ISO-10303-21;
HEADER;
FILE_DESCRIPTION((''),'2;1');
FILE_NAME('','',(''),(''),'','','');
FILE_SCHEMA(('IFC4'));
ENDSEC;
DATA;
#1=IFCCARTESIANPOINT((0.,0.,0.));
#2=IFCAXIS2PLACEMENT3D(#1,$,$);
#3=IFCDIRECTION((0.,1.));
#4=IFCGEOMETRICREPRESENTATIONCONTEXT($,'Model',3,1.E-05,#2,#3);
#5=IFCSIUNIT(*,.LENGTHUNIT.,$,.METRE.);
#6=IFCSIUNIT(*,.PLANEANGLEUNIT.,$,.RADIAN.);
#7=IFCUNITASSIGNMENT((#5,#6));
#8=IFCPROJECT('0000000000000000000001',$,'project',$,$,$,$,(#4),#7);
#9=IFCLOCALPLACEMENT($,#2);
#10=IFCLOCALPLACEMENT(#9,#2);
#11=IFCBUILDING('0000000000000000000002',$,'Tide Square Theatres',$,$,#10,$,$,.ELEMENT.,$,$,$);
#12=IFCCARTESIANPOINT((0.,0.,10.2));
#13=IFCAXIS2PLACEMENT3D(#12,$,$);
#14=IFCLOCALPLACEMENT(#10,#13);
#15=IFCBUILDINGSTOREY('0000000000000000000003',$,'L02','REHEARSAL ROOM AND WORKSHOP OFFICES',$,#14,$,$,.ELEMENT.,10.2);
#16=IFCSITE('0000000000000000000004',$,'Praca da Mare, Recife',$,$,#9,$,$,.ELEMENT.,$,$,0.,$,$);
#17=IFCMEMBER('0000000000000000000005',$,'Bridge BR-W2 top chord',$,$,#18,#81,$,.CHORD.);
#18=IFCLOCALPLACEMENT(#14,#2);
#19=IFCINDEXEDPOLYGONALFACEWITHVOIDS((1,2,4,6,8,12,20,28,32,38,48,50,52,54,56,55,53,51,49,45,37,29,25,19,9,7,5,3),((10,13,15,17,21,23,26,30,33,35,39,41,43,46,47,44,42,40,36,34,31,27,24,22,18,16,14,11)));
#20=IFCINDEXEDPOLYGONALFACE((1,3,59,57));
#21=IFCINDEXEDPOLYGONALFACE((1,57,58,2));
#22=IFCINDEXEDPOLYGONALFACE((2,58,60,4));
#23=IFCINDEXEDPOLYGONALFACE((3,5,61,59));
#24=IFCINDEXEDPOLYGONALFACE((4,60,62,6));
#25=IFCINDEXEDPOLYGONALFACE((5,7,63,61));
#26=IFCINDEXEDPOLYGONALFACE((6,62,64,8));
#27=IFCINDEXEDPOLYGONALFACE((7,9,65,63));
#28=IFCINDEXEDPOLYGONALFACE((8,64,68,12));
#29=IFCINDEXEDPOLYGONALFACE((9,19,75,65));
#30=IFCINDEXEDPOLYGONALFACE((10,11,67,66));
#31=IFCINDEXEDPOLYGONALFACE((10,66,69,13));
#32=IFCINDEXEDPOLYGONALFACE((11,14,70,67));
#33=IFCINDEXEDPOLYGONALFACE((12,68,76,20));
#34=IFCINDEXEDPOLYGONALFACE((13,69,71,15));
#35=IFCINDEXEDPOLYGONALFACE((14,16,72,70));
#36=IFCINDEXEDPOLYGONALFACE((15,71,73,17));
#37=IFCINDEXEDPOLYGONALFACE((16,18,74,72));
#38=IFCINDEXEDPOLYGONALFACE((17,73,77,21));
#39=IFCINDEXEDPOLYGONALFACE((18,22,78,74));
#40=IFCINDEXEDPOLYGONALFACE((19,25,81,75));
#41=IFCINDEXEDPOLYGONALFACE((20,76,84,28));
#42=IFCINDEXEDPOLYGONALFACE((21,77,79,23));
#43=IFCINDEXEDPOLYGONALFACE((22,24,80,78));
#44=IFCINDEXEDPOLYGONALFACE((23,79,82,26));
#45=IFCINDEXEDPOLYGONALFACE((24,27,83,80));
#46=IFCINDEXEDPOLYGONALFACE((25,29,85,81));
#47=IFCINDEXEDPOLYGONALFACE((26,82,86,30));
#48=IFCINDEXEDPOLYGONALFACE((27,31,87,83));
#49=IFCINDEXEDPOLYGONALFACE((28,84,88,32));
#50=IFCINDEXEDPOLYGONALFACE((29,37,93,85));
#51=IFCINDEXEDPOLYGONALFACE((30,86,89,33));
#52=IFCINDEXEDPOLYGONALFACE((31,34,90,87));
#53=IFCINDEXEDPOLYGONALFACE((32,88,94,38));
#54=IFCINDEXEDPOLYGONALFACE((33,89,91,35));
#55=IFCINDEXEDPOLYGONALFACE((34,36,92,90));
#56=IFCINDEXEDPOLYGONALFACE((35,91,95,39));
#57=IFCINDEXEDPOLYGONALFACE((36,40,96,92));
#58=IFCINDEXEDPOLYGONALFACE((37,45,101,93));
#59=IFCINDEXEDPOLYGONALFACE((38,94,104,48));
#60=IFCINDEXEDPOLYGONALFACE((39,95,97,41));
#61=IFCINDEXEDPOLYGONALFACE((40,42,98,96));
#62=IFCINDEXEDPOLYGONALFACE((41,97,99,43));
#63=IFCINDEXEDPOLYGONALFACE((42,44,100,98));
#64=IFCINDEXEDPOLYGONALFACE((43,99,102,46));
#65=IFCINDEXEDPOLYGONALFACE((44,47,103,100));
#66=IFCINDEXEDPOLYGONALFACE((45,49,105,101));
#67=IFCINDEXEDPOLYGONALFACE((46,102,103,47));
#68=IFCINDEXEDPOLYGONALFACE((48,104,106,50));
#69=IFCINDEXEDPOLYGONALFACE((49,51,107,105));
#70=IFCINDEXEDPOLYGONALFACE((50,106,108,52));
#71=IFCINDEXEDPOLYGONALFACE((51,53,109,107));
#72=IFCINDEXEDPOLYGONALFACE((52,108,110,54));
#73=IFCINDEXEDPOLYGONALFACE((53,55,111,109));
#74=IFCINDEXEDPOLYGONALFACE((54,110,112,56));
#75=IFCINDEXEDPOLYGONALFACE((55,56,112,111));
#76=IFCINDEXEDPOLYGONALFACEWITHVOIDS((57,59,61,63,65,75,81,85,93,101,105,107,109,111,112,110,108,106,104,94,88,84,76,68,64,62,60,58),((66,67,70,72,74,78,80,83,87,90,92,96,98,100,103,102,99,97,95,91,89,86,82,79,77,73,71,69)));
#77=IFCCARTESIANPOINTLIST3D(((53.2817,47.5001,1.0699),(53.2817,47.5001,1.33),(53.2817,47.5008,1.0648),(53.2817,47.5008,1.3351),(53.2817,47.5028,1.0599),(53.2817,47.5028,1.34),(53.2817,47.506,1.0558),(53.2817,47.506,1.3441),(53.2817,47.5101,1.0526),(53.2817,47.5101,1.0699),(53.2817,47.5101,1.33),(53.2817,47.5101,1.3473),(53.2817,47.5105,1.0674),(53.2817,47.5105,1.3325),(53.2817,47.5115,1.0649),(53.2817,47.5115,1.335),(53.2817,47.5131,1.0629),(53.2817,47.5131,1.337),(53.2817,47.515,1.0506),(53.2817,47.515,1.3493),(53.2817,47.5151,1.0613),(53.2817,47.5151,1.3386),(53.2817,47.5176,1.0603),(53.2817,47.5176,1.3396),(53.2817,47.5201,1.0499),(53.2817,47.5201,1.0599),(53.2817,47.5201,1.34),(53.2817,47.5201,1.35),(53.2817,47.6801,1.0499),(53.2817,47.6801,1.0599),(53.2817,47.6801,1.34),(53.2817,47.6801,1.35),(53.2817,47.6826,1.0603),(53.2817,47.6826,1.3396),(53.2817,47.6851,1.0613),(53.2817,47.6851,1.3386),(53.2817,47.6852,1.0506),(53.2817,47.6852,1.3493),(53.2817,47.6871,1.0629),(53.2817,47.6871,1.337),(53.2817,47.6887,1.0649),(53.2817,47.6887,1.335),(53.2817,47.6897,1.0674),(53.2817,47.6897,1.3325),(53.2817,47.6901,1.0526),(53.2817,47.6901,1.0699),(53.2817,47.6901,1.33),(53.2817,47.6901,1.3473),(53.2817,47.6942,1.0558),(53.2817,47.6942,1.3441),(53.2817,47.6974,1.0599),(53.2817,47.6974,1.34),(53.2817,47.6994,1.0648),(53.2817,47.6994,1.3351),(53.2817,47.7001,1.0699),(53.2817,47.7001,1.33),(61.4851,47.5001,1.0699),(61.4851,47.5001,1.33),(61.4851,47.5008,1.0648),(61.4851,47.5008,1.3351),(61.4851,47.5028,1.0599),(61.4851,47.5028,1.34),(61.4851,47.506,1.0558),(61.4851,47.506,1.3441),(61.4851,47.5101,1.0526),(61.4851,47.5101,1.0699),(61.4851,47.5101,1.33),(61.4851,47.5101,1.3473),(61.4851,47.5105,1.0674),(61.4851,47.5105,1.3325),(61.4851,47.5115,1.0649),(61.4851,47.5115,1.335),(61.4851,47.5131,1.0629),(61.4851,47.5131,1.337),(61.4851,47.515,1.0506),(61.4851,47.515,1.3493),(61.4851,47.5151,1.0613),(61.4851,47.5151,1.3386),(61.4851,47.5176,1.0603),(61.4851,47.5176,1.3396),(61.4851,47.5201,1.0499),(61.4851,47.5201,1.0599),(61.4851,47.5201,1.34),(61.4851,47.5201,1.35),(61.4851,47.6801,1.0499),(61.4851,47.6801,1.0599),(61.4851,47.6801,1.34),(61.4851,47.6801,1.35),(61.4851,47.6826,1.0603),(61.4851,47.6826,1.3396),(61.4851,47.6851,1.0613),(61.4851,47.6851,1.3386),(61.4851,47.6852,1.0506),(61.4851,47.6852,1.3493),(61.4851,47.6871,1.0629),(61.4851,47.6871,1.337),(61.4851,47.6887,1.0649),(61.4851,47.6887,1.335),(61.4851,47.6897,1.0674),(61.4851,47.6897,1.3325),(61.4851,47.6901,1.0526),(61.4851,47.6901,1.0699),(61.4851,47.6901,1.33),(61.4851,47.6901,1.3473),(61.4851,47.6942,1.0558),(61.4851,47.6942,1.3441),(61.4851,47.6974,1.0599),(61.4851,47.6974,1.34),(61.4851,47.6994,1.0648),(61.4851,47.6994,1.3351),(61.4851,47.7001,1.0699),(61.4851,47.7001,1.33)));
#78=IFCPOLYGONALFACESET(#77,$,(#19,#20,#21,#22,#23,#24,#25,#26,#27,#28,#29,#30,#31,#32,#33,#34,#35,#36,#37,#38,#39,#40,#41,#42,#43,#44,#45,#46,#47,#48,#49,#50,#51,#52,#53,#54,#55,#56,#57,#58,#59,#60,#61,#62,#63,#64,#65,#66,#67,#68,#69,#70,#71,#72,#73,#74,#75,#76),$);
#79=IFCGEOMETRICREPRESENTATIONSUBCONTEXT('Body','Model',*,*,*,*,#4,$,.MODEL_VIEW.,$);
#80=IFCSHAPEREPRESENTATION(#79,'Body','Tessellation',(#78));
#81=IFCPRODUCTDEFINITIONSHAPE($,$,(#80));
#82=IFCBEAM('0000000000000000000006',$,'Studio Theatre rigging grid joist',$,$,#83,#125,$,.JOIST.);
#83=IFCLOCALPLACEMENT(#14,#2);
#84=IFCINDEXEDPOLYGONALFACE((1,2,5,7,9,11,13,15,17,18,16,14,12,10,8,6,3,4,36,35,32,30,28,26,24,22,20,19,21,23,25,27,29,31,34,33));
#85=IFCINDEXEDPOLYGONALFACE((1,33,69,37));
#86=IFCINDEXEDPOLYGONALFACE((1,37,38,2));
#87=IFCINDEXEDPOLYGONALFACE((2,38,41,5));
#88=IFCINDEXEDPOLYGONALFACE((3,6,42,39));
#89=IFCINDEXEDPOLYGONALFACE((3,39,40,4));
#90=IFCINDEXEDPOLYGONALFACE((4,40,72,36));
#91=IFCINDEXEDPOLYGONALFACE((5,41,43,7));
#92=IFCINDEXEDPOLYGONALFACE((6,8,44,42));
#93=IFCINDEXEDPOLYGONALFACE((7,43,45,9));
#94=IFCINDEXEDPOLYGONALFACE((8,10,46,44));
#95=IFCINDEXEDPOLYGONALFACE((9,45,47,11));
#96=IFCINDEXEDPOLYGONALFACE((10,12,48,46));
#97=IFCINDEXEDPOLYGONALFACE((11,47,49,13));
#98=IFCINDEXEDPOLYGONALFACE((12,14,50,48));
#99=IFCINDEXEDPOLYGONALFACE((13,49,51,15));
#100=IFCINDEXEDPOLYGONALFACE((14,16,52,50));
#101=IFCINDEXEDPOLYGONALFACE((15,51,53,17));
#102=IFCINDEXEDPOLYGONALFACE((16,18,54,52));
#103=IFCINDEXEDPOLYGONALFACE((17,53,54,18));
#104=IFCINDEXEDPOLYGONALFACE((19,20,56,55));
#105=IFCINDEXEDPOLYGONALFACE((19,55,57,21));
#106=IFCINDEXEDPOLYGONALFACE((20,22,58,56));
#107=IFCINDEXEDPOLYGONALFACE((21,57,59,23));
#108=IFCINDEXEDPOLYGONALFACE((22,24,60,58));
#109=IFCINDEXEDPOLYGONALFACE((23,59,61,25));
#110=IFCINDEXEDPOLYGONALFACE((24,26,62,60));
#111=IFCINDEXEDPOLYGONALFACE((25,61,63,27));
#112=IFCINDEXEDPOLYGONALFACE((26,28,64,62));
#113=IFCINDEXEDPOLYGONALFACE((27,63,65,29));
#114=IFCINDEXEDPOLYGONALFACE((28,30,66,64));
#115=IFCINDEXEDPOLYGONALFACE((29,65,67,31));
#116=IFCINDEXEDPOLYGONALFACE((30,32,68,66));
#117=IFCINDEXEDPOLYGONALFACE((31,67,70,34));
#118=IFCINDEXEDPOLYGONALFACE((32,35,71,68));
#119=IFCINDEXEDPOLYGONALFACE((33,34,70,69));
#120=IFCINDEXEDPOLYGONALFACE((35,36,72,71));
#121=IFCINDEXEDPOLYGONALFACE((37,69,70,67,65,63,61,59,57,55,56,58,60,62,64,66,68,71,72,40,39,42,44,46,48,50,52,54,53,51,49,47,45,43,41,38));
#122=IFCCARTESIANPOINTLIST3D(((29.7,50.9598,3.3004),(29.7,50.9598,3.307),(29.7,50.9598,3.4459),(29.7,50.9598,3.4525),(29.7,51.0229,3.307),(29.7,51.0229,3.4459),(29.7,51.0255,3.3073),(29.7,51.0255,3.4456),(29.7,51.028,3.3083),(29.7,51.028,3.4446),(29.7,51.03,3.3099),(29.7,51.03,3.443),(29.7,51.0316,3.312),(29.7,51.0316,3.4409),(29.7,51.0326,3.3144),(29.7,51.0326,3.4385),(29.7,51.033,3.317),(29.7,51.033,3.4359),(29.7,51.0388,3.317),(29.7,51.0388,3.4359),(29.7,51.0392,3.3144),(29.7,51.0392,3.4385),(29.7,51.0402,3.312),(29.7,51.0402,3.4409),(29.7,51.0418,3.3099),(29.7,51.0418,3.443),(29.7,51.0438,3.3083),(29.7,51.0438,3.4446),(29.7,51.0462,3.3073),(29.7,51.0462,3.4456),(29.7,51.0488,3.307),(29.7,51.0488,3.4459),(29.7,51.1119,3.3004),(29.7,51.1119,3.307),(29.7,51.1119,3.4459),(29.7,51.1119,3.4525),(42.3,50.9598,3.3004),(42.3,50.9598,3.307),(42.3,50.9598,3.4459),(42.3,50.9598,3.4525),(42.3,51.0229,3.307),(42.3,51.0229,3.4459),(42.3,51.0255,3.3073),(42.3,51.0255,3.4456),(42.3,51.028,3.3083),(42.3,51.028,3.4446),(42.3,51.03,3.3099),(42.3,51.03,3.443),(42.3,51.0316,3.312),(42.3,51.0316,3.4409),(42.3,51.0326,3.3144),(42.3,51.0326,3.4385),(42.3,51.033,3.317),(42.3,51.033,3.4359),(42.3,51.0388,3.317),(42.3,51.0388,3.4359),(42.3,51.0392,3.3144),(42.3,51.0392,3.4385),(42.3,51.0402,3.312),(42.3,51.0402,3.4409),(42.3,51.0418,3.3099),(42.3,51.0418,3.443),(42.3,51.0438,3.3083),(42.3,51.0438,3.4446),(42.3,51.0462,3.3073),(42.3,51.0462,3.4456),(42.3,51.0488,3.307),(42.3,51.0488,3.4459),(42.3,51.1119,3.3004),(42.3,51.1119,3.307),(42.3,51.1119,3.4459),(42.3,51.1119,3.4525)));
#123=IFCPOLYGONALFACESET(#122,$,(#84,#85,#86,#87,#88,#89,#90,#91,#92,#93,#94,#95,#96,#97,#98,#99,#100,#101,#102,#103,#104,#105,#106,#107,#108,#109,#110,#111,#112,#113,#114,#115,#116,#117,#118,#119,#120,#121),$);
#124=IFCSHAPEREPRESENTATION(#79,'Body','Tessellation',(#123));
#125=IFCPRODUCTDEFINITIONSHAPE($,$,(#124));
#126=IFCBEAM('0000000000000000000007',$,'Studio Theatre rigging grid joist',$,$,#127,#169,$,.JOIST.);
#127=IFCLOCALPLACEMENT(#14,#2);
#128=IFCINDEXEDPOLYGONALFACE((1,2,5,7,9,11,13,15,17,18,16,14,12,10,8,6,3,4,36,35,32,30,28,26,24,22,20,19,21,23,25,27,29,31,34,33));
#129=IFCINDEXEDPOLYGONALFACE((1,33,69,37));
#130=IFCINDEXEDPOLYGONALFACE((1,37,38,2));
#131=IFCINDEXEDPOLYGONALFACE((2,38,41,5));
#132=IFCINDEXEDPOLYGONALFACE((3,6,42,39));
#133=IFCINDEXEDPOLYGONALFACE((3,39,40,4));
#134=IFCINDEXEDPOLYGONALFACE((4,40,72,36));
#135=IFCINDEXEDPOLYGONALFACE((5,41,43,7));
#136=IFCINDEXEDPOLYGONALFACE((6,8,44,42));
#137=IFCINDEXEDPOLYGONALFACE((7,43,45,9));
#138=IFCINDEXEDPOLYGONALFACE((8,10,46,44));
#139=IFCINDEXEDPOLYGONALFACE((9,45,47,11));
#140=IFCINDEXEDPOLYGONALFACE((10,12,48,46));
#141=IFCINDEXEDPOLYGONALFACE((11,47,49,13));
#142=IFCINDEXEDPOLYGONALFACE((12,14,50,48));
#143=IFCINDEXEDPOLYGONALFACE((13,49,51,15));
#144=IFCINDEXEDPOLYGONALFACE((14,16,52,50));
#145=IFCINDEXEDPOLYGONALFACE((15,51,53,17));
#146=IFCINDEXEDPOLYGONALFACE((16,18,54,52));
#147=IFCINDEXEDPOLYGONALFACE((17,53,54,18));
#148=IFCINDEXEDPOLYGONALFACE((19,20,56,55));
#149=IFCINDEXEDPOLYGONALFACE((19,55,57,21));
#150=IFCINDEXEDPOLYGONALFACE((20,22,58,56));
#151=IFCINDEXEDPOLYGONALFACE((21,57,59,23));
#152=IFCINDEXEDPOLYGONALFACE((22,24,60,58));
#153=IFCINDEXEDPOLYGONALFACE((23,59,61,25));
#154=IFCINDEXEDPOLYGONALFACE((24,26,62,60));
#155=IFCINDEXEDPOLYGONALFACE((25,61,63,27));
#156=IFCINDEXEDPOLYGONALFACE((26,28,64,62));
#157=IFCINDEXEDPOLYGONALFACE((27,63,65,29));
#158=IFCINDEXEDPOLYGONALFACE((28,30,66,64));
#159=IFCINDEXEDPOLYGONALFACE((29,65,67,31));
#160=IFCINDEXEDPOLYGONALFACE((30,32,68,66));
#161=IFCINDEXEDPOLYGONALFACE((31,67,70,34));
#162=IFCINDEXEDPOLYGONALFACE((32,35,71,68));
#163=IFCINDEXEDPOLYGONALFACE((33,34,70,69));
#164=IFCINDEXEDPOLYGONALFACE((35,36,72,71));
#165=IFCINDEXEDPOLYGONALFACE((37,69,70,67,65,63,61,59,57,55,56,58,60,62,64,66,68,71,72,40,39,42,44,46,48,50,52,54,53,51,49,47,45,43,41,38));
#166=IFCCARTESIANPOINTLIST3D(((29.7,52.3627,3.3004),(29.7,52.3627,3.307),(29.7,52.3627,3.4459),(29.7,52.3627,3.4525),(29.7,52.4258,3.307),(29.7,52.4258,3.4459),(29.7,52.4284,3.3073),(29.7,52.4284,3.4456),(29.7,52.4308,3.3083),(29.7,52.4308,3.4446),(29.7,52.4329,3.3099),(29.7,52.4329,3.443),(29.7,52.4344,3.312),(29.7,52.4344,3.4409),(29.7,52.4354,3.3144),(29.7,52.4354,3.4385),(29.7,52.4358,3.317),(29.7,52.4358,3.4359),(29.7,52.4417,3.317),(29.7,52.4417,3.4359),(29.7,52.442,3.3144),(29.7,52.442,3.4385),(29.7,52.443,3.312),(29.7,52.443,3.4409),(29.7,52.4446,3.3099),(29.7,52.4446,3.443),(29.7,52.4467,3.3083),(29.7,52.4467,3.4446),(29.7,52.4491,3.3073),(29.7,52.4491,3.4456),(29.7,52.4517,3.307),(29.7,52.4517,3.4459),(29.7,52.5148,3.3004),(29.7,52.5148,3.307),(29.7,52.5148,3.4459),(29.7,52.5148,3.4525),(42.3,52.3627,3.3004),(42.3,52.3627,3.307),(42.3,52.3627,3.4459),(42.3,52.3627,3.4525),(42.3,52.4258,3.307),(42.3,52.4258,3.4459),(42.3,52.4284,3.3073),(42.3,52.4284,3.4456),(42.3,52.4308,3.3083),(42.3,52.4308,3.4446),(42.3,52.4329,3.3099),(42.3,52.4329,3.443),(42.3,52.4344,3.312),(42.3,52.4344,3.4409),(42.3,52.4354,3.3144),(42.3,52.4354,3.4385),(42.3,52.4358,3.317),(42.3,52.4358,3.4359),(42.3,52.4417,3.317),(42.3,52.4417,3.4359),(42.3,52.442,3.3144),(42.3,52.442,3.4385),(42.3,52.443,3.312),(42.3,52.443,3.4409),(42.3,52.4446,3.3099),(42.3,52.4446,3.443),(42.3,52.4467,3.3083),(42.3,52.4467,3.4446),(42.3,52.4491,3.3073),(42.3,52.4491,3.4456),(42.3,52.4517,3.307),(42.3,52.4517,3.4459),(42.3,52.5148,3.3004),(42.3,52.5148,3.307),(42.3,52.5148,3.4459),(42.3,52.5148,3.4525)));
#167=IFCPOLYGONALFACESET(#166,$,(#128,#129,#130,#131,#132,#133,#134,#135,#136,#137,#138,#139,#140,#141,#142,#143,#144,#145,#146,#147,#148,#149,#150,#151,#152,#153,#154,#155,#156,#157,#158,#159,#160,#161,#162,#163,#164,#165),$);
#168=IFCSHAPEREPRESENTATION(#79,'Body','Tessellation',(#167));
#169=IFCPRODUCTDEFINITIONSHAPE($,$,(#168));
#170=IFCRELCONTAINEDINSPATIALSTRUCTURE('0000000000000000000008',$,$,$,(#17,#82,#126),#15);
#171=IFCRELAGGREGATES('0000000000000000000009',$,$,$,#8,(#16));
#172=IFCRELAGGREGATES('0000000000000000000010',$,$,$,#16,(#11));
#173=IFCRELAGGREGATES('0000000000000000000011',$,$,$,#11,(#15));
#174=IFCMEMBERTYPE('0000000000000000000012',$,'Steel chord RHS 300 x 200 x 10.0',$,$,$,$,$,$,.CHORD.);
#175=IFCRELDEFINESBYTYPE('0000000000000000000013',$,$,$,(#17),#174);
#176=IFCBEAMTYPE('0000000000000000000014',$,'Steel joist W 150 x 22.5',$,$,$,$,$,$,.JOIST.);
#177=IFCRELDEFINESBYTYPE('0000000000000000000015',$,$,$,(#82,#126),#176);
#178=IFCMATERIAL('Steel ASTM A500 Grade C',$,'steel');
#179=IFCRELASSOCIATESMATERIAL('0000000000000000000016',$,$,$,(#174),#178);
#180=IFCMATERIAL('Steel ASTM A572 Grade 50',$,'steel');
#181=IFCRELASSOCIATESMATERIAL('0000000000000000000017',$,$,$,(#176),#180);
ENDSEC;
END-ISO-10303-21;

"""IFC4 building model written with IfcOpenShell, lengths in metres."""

from ifc_helpers import new_model, si_unit, direction, frame, origin, origin_2d, place, context, subcontext, project, spatial, hollow_rectangle, i_section, extrude, material, material_profile, profile_set, type_object, element, save


model = new_model("IFC4")

# Units and contexts
model_context = context("Model", 3, precision=1e-05, world=origin(), true_north=direction((0.0, 1.0)))
body_context = subcontext(model_context, "Body", "Model", "MODEL_VIEW")
ifc_project = project(units=[si_unit("LENGTHUNIT", "METRE"), si_unit("PLANEANGLEUNIT", "RADIAN")], contexts=[model_context])

# Site, building, storey
site_placement = place(None, origin())
site = spatial("IfcSite", under=ifc_project, at=site_placement, Name="Praca da Mare, Recife", CompositionType="ELEMENT", RefElevation=0.0)
building_placement = place(site_placement, origin())
building = spatial("IfcBuilding", under=site, at=building_placement, Name="Tide Square Theatres", CompositionType="ELEMENT")
storey_placement = place(building_placement, frame((0.0, 0.0, 10.2)))
storey = spatial("IfcBuildingStorey", under=building, at=storey_placement, Name="L02", Description="REHEARSAL ROOM AND WORKSHOP OFFICES", CompositionType="ELEMENT", Elevation=10.2)

# Member
ifc_material_1 = material(Name="Steel ASTM A500 Grade C", Category="steel")
ifc_material_profile_1 = material_profile(ifc_material_1, hollow_rectangle(XDim=0.2, YDim=0.3, WallThickness=0.01, InnerFilletRadius=0.01, OuterFilletRadius=0.02, at=origin_2d()))
ifc_profile_set_1 = profile_set([ifc_material_profile_1], Name="Steel ASTM A500 Grade C")
member_type_1 = type_object("IfcMemberType", Name="Steel chord RHS 300 x 200 x 10.0", PredefinedType="CHORD", material=ifc_profile_set_1)
member_1_placement = place(storey_placement, frame((53.2817, 47.6001, 1.2), z_axis=(1.0, 0.0, 0.0), x_axis=(0.0, 1.0, 0.0)))
element("IfcMember", 1, at=member_1_placement, inside=storey, type_object=member_type_1, Name="Bridge BR-W2 top chord", PredefinedType="CHORD", context=body_context, shape_type="SweptSolid", body=[
    extrude(hollow_rectangle(XDim=0.2, YDim=0.3, WallThickness=0.01, InnerFilletRadius=0.01, OuterFilletRadius=0.02, at=origin_2d()), origin(), (0.0, 0.0, 1.0), 8.2034),
])

# Beams
ifc_material_2 = material(Name="Steel ASTM A572 Grade 50", Category="steel")
ifc_material_profile_2 = material_profile(ifc_material_2, i_section(OverallWidth=0.1521, OverallDepth=0.1521, WebThickness=0.0059, FlangeThickness=0.0066, FilletRadius=0.01, at=origin_2d()))
ifc_profile_set_2 = profile_set([ifc_material_profile_2], Name="Steel ASTM A572 Grade 50")
beam_type = type_object("IfcBeamType", Name="Steel joist W 150 x 22.5", PredefinedType="JOIST", material=ifc_profile_set_2)
for number, where, z_axis, x_axis, name in (
    (2, (42.3, 51.0359, 3.3765), (-1.0, 0.0, 0.0), (0.0, -1.0, 0.0), "Studio Theatre rigging grid joist"),
    (3, (42.3, 52.4387, 3.3765), (-1.0, 0.0, 0.0), (0.0, -1.0, 0.0), "Studio Theatre rigging grid joist"),
):
    element("IfcBeam", number, at=place(storey_placement, frame(where, z_axis=z_axis, x_axis=x_axis)), inside=storey, type_object=beam_type, Name=name, PredefinedType="JOIST", context=body_context, shape_type="SweptSolid", body=[
        extrude(i_section(OverallWidth=0.1521, OverallDepth=0.1521, WebThickness=0.0059, FlangeThickness=0.0066, FilletRadius=0.01, at=origin_2d()), origin(), (0.0, 0.0, 1.0), 12.6001),
    ])

save(model, "model.ifc")
